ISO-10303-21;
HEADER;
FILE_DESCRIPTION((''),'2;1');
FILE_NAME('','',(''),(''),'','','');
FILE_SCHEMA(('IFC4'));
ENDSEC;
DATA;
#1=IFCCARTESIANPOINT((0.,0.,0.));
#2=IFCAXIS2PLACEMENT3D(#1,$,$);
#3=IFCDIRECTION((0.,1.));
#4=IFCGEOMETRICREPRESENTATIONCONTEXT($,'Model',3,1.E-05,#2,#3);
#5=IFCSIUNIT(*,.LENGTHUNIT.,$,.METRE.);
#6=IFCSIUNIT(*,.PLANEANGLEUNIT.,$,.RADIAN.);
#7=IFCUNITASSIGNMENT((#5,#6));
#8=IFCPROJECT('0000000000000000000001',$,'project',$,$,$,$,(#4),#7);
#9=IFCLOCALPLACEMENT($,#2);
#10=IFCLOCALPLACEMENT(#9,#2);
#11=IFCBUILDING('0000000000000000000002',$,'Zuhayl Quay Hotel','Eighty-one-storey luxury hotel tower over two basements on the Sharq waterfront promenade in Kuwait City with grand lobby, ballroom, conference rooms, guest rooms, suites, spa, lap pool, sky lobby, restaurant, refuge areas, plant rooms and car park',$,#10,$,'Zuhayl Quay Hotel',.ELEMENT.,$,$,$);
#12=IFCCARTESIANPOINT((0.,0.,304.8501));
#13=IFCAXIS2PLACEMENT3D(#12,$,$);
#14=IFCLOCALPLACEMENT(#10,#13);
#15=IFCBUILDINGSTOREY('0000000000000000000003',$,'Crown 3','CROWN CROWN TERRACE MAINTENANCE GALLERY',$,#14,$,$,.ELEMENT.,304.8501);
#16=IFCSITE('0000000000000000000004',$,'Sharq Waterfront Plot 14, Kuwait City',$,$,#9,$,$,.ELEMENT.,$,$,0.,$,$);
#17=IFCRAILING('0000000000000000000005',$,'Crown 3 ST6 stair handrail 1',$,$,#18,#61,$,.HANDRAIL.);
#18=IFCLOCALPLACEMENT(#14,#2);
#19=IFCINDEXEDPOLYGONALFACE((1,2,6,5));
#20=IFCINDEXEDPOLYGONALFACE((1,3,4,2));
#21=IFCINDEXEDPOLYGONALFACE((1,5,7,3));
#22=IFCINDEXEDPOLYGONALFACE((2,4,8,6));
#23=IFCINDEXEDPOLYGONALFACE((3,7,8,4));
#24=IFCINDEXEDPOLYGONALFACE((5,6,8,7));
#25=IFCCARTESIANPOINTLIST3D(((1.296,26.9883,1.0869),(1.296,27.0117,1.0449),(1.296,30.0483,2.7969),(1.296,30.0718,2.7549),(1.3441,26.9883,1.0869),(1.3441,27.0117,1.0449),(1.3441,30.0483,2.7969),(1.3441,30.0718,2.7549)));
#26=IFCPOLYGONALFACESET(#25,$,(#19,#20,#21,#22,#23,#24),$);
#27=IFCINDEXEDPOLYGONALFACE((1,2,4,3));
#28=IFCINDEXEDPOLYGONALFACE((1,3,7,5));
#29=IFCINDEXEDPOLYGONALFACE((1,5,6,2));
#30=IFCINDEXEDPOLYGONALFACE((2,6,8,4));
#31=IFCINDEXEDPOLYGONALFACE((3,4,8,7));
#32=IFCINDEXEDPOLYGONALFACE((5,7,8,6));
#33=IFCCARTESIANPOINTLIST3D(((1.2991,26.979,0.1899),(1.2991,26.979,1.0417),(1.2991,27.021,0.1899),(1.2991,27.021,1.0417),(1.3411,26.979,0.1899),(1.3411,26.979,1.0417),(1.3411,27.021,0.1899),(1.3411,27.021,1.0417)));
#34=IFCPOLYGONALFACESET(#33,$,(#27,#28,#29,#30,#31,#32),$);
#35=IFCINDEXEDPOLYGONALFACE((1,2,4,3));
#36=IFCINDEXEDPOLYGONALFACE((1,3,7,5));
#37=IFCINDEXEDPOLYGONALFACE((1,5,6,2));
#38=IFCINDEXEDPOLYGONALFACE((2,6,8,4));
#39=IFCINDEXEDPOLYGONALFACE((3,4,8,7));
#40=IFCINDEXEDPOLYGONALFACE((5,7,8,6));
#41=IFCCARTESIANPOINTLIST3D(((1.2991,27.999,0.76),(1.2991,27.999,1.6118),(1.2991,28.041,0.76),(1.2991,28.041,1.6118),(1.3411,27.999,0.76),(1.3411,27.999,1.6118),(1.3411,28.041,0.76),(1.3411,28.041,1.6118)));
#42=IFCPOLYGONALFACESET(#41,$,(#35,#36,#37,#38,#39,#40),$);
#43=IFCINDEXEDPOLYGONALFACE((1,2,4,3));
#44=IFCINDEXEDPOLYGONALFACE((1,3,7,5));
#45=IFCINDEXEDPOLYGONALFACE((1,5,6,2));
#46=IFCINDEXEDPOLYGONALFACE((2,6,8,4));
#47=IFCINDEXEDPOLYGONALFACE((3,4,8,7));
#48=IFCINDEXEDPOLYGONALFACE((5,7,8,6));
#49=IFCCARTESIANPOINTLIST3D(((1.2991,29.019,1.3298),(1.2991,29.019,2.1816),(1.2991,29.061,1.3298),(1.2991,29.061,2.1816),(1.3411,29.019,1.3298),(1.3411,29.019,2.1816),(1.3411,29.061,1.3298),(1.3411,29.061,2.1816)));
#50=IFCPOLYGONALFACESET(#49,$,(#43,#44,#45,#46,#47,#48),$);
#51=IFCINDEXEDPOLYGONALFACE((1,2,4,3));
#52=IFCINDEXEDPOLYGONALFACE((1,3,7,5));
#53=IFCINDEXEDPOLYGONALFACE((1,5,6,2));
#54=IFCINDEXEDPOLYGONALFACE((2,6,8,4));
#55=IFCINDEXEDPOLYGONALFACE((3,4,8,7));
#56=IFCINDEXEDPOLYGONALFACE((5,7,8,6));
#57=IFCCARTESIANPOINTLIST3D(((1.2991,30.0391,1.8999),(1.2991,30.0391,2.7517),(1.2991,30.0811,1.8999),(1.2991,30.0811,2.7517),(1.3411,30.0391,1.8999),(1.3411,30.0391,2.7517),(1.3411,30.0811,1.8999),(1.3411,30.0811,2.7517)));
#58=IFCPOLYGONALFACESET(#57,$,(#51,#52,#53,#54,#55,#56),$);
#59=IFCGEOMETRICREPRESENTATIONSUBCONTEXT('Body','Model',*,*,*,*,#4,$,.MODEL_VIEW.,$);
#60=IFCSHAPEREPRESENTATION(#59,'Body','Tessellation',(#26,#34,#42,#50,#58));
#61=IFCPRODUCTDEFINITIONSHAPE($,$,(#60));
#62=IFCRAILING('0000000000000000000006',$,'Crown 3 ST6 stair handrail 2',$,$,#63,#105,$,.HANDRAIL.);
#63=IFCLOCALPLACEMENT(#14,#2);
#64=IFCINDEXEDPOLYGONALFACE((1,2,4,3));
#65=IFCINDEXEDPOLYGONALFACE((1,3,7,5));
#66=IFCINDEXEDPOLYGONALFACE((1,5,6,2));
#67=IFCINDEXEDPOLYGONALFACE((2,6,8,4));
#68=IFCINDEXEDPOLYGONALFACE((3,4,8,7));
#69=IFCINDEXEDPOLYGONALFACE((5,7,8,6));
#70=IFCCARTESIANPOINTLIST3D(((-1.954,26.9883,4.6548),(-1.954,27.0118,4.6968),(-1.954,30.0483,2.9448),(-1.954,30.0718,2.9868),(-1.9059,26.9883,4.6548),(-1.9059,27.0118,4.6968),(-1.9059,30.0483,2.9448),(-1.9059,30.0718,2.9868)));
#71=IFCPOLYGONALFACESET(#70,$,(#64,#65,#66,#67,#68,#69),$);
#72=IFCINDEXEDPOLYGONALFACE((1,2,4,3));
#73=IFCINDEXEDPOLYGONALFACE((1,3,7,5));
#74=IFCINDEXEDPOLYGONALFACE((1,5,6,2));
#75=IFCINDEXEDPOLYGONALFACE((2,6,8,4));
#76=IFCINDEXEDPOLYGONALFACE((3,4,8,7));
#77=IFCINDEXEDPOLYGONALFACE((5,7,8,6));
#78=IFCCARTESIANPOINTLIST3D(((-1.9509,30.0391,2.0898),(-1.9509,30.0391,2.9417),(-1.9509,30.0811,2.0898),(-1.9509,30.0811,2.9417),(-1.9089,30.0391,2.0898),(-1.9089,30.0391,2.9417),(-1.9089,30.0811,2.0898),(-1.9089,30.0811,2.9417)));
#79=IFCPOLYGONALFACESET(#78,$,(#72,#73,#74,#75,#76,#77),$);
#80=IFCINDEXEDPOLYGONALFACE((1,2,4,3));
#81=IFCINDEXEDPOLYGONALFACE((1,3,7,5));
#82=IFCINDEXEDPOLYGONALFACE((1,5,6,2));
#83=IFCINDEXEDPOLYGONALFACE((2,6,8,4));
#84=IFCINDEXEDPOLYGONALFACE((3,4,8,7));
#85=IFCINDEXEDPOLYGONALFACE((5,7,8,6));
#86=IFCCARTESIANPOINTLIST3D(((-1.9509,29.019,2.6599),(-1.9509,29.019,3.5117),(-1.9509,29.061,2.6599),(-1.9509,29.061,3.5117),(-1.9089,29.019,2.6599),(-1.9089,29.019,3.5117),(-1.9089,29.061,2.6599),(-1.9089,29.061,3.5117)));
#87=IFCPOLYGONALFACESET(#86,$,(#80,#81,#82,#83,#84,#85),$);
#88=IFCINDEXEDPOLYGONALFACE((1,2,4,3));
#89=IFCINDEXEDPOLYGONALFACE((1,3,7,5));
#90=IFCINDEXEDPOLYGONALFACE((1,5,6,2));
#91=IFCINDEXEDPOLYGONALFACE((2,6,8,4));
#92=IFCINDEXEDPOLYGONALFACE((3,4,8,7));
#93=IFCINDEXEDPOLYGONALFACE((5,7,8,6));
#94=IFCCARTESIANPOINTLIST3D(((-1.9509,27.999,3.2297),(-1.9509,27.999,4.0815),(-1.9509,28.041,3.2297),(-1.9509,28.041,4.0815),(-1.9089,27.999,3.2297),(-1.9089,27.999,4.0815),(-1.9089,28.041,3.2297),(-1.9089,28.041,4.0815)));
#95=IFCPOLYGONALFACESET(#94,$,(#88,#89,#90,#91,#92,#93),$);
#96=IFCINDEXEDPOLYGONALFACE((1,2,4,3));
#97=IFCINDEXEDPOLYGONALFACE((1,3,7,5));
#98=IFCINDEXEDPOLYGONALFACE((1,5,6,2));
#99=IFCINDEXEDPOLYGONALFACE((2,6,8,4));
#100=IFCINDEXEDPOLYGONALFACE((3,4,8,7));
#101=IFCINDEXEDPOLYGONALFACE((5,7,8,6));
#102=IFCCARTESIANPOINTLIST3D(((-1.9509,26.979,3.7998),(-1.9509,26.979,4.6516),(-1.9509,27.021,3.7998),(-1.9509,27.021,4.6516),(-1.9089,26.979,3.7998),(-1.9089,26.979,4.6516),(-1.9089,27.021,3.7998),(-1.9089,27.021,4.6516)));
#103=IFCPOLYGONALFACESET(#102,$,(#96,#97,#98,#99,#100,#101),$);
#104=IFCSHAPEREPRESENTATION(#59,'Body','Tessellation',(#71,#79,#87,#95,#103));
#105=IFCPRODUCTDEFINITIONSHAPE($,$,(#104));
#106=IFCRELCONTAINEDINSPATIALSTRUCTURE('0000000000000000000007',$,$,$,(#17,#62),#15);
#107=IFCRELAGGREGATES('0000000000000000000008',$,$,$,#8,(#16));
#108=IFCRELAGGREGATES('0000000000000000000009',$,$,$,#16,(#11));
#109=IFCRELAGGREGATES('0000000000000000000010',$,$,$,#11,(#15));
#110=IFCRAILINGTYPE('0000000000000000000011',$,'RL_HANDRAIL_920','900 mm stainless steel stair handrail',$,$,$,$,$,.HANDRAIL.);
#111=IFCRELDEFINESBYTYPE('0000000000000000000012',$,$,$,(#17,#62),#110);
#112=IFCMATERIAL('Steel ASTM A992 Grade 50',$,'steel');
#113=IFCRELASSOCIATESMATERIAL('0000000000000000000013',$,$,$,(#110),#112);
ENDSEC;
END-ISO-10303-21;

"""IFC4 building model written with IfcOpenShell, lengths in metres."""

from ifc_helpers import new_model, si_unit, direction, frame, origin, origin_2d, place, context, subcontext, project, spatial, rectangle, extrude, material, type_object, element, save


model = new_model("IFC4")

# Units and contexts
model_context = context("Model", 3, precision=1e-05, world=origin(), true_north=direction((0.0, 1.0)))
body_context = subcontext(model_context, "Body", "Model", "MODEL_VIEW")
ifc_project = project(units=[si_unit("LENGTHUNIT", "METRE"), si_unit("PLANEANGLEUNIT", "RADIAN")], contexts=[model_context])

# Site, building, storey
site_placement = place(None, origin())
site = spatial("IfcSite", under=ifc_project, at=site_placement, Name="Sharq Waterfront Plot 14, Kuwait City", CompositionType="ELEMENT", RefElevation=0.0)
building_placement = place(site_placement, origin())
building = spatial("IfcBuilding", under=site, at=building_placement, Name="Zuhayl Quay Hotel", Description="Eighty-one-storey luxury hotel tower over two basements on the Sharq waterfront promenade in Kuwait City with grand lobby, ballroom, conference rooms, guest rooms, suites, spa, lap pool, sky lobby, restaurant, refuge areas, plant rooms and car park", LongName="Zuhayl Quay Hotel", CompositionType="ELEMENT")
storey_placement = place(building_placement, frame((0.0, 0.0, 304.8501)))
storey = spatial("IfcBuildingStorey", under=building, at=storey_placement, Name="Crown 3", Description="CROWN CROWN TERRACE MAINTENANCE GALLERY", CompositionType="ELEMENT", Elevation=304.8501)

# Shared definitions
ifc_material_1 = material(Name="Steel ASTM A992 Grade 50", Category="steel")

# Railings
railing_type_1 = type_object("IfcRailingType", Name="RL_HANDRAIL_920", Description="900 mm stainless steel stair handrail", PredefinedType="HANDRAIL", material=ifc_material_1)
railing_1_placement = place(storey_placement, frame((1.3201, 27.0, 0.1899)))
element("IfcRailing", 1, at=railing_1_placement, inside=storey, type_object=railing_type_1, Name="Crown 3 ST6 stair handrail 1", PredefinedType="HANDRAIL", context=body_context, shape_type="SweptSolid", body=[
    extrude(rectangle(XDim=0.0481, YDim=0.0481, at=origin_2d()), frame((0.0, 0.0, 0.876), z_axis=(0.0, 0.872952, 0.487806), x_axis=(-1.0, 0.0, 0.0)), (0.0, 0.0, 1.0), 3.5054),
    extrude(rectangle(XDim=0.042, YDim=0.042, at=origin_2d()), origin(), (0.0, 0.0, 1.0), 0.8518),
    extrude(rectangle(XDim=0.042, YDim=0.042, at=origin_2d()), frame((0.0, 1.02, 0.5701)), (0.0, 0.0, 1.0), 0.8518),
    extrude(rectangle(XDim=0.042, YDim=0.042, at=origin_2d()), frame((0.0, 2.04, 1.1399)), (0.0, 0.0, 1.0), 0.8518),
    extrude(rectangle(XDim=0.042, YDim=0.042, at=origin_2d()), frame((0.0, 3.0601, 1.71)), (0.0, 0.0, 1.0), 0.8518),
])
railing_2_placement = place(storey_placement, frame((-1.9299, 30.0601, 2.0898)))
element("IfcRailing", 2, at=railing_2_placement, inside=storey, type_object=railing_type_1, Name="Crown 3 ST6 stair handrail 2", PredefinedType="HANDRAIL", context=body_context, shape_type="SweptSolid", body=[
    extrude(rectangle(XDim=0.0481, YDim=0.0481, at=origin_2d()), frame((0.0, 0.0, 0.876), z_axis=(0.0, -0.872952, 0.487806), x_axis=(1.0, 0.0, 0.0)), (0.0, 0.0, 1.0), 3.5054),
    extrude(rectangle(XDim=0.042, YDim=0.042, at=origin_2d()), origin(), (0.0, 0.0, 1.0), 0.8518),
    extrude(rectangle(XDim=0.042, YDim=0.042, at=origin_2d()), frame((0.0, -1.02, 0.5701)), (0.0, 0.0, 1.0), 0.8518),
    extrude(rectangle(XDim=0.042, YDim=0.042, at=origin_2d()), frame((0.0, -2.04, 1.1399)), (0.0, 0.0, 1.0), 0.8518),
    extrude(rectangle(XDim=0.042, YDim=0.042, at=origin_2d()), frame((0.0, -3.0601, 1.71)), (0.0, 0.0, 1.0), 0.8518),
])

save(model, "model.ifc")
